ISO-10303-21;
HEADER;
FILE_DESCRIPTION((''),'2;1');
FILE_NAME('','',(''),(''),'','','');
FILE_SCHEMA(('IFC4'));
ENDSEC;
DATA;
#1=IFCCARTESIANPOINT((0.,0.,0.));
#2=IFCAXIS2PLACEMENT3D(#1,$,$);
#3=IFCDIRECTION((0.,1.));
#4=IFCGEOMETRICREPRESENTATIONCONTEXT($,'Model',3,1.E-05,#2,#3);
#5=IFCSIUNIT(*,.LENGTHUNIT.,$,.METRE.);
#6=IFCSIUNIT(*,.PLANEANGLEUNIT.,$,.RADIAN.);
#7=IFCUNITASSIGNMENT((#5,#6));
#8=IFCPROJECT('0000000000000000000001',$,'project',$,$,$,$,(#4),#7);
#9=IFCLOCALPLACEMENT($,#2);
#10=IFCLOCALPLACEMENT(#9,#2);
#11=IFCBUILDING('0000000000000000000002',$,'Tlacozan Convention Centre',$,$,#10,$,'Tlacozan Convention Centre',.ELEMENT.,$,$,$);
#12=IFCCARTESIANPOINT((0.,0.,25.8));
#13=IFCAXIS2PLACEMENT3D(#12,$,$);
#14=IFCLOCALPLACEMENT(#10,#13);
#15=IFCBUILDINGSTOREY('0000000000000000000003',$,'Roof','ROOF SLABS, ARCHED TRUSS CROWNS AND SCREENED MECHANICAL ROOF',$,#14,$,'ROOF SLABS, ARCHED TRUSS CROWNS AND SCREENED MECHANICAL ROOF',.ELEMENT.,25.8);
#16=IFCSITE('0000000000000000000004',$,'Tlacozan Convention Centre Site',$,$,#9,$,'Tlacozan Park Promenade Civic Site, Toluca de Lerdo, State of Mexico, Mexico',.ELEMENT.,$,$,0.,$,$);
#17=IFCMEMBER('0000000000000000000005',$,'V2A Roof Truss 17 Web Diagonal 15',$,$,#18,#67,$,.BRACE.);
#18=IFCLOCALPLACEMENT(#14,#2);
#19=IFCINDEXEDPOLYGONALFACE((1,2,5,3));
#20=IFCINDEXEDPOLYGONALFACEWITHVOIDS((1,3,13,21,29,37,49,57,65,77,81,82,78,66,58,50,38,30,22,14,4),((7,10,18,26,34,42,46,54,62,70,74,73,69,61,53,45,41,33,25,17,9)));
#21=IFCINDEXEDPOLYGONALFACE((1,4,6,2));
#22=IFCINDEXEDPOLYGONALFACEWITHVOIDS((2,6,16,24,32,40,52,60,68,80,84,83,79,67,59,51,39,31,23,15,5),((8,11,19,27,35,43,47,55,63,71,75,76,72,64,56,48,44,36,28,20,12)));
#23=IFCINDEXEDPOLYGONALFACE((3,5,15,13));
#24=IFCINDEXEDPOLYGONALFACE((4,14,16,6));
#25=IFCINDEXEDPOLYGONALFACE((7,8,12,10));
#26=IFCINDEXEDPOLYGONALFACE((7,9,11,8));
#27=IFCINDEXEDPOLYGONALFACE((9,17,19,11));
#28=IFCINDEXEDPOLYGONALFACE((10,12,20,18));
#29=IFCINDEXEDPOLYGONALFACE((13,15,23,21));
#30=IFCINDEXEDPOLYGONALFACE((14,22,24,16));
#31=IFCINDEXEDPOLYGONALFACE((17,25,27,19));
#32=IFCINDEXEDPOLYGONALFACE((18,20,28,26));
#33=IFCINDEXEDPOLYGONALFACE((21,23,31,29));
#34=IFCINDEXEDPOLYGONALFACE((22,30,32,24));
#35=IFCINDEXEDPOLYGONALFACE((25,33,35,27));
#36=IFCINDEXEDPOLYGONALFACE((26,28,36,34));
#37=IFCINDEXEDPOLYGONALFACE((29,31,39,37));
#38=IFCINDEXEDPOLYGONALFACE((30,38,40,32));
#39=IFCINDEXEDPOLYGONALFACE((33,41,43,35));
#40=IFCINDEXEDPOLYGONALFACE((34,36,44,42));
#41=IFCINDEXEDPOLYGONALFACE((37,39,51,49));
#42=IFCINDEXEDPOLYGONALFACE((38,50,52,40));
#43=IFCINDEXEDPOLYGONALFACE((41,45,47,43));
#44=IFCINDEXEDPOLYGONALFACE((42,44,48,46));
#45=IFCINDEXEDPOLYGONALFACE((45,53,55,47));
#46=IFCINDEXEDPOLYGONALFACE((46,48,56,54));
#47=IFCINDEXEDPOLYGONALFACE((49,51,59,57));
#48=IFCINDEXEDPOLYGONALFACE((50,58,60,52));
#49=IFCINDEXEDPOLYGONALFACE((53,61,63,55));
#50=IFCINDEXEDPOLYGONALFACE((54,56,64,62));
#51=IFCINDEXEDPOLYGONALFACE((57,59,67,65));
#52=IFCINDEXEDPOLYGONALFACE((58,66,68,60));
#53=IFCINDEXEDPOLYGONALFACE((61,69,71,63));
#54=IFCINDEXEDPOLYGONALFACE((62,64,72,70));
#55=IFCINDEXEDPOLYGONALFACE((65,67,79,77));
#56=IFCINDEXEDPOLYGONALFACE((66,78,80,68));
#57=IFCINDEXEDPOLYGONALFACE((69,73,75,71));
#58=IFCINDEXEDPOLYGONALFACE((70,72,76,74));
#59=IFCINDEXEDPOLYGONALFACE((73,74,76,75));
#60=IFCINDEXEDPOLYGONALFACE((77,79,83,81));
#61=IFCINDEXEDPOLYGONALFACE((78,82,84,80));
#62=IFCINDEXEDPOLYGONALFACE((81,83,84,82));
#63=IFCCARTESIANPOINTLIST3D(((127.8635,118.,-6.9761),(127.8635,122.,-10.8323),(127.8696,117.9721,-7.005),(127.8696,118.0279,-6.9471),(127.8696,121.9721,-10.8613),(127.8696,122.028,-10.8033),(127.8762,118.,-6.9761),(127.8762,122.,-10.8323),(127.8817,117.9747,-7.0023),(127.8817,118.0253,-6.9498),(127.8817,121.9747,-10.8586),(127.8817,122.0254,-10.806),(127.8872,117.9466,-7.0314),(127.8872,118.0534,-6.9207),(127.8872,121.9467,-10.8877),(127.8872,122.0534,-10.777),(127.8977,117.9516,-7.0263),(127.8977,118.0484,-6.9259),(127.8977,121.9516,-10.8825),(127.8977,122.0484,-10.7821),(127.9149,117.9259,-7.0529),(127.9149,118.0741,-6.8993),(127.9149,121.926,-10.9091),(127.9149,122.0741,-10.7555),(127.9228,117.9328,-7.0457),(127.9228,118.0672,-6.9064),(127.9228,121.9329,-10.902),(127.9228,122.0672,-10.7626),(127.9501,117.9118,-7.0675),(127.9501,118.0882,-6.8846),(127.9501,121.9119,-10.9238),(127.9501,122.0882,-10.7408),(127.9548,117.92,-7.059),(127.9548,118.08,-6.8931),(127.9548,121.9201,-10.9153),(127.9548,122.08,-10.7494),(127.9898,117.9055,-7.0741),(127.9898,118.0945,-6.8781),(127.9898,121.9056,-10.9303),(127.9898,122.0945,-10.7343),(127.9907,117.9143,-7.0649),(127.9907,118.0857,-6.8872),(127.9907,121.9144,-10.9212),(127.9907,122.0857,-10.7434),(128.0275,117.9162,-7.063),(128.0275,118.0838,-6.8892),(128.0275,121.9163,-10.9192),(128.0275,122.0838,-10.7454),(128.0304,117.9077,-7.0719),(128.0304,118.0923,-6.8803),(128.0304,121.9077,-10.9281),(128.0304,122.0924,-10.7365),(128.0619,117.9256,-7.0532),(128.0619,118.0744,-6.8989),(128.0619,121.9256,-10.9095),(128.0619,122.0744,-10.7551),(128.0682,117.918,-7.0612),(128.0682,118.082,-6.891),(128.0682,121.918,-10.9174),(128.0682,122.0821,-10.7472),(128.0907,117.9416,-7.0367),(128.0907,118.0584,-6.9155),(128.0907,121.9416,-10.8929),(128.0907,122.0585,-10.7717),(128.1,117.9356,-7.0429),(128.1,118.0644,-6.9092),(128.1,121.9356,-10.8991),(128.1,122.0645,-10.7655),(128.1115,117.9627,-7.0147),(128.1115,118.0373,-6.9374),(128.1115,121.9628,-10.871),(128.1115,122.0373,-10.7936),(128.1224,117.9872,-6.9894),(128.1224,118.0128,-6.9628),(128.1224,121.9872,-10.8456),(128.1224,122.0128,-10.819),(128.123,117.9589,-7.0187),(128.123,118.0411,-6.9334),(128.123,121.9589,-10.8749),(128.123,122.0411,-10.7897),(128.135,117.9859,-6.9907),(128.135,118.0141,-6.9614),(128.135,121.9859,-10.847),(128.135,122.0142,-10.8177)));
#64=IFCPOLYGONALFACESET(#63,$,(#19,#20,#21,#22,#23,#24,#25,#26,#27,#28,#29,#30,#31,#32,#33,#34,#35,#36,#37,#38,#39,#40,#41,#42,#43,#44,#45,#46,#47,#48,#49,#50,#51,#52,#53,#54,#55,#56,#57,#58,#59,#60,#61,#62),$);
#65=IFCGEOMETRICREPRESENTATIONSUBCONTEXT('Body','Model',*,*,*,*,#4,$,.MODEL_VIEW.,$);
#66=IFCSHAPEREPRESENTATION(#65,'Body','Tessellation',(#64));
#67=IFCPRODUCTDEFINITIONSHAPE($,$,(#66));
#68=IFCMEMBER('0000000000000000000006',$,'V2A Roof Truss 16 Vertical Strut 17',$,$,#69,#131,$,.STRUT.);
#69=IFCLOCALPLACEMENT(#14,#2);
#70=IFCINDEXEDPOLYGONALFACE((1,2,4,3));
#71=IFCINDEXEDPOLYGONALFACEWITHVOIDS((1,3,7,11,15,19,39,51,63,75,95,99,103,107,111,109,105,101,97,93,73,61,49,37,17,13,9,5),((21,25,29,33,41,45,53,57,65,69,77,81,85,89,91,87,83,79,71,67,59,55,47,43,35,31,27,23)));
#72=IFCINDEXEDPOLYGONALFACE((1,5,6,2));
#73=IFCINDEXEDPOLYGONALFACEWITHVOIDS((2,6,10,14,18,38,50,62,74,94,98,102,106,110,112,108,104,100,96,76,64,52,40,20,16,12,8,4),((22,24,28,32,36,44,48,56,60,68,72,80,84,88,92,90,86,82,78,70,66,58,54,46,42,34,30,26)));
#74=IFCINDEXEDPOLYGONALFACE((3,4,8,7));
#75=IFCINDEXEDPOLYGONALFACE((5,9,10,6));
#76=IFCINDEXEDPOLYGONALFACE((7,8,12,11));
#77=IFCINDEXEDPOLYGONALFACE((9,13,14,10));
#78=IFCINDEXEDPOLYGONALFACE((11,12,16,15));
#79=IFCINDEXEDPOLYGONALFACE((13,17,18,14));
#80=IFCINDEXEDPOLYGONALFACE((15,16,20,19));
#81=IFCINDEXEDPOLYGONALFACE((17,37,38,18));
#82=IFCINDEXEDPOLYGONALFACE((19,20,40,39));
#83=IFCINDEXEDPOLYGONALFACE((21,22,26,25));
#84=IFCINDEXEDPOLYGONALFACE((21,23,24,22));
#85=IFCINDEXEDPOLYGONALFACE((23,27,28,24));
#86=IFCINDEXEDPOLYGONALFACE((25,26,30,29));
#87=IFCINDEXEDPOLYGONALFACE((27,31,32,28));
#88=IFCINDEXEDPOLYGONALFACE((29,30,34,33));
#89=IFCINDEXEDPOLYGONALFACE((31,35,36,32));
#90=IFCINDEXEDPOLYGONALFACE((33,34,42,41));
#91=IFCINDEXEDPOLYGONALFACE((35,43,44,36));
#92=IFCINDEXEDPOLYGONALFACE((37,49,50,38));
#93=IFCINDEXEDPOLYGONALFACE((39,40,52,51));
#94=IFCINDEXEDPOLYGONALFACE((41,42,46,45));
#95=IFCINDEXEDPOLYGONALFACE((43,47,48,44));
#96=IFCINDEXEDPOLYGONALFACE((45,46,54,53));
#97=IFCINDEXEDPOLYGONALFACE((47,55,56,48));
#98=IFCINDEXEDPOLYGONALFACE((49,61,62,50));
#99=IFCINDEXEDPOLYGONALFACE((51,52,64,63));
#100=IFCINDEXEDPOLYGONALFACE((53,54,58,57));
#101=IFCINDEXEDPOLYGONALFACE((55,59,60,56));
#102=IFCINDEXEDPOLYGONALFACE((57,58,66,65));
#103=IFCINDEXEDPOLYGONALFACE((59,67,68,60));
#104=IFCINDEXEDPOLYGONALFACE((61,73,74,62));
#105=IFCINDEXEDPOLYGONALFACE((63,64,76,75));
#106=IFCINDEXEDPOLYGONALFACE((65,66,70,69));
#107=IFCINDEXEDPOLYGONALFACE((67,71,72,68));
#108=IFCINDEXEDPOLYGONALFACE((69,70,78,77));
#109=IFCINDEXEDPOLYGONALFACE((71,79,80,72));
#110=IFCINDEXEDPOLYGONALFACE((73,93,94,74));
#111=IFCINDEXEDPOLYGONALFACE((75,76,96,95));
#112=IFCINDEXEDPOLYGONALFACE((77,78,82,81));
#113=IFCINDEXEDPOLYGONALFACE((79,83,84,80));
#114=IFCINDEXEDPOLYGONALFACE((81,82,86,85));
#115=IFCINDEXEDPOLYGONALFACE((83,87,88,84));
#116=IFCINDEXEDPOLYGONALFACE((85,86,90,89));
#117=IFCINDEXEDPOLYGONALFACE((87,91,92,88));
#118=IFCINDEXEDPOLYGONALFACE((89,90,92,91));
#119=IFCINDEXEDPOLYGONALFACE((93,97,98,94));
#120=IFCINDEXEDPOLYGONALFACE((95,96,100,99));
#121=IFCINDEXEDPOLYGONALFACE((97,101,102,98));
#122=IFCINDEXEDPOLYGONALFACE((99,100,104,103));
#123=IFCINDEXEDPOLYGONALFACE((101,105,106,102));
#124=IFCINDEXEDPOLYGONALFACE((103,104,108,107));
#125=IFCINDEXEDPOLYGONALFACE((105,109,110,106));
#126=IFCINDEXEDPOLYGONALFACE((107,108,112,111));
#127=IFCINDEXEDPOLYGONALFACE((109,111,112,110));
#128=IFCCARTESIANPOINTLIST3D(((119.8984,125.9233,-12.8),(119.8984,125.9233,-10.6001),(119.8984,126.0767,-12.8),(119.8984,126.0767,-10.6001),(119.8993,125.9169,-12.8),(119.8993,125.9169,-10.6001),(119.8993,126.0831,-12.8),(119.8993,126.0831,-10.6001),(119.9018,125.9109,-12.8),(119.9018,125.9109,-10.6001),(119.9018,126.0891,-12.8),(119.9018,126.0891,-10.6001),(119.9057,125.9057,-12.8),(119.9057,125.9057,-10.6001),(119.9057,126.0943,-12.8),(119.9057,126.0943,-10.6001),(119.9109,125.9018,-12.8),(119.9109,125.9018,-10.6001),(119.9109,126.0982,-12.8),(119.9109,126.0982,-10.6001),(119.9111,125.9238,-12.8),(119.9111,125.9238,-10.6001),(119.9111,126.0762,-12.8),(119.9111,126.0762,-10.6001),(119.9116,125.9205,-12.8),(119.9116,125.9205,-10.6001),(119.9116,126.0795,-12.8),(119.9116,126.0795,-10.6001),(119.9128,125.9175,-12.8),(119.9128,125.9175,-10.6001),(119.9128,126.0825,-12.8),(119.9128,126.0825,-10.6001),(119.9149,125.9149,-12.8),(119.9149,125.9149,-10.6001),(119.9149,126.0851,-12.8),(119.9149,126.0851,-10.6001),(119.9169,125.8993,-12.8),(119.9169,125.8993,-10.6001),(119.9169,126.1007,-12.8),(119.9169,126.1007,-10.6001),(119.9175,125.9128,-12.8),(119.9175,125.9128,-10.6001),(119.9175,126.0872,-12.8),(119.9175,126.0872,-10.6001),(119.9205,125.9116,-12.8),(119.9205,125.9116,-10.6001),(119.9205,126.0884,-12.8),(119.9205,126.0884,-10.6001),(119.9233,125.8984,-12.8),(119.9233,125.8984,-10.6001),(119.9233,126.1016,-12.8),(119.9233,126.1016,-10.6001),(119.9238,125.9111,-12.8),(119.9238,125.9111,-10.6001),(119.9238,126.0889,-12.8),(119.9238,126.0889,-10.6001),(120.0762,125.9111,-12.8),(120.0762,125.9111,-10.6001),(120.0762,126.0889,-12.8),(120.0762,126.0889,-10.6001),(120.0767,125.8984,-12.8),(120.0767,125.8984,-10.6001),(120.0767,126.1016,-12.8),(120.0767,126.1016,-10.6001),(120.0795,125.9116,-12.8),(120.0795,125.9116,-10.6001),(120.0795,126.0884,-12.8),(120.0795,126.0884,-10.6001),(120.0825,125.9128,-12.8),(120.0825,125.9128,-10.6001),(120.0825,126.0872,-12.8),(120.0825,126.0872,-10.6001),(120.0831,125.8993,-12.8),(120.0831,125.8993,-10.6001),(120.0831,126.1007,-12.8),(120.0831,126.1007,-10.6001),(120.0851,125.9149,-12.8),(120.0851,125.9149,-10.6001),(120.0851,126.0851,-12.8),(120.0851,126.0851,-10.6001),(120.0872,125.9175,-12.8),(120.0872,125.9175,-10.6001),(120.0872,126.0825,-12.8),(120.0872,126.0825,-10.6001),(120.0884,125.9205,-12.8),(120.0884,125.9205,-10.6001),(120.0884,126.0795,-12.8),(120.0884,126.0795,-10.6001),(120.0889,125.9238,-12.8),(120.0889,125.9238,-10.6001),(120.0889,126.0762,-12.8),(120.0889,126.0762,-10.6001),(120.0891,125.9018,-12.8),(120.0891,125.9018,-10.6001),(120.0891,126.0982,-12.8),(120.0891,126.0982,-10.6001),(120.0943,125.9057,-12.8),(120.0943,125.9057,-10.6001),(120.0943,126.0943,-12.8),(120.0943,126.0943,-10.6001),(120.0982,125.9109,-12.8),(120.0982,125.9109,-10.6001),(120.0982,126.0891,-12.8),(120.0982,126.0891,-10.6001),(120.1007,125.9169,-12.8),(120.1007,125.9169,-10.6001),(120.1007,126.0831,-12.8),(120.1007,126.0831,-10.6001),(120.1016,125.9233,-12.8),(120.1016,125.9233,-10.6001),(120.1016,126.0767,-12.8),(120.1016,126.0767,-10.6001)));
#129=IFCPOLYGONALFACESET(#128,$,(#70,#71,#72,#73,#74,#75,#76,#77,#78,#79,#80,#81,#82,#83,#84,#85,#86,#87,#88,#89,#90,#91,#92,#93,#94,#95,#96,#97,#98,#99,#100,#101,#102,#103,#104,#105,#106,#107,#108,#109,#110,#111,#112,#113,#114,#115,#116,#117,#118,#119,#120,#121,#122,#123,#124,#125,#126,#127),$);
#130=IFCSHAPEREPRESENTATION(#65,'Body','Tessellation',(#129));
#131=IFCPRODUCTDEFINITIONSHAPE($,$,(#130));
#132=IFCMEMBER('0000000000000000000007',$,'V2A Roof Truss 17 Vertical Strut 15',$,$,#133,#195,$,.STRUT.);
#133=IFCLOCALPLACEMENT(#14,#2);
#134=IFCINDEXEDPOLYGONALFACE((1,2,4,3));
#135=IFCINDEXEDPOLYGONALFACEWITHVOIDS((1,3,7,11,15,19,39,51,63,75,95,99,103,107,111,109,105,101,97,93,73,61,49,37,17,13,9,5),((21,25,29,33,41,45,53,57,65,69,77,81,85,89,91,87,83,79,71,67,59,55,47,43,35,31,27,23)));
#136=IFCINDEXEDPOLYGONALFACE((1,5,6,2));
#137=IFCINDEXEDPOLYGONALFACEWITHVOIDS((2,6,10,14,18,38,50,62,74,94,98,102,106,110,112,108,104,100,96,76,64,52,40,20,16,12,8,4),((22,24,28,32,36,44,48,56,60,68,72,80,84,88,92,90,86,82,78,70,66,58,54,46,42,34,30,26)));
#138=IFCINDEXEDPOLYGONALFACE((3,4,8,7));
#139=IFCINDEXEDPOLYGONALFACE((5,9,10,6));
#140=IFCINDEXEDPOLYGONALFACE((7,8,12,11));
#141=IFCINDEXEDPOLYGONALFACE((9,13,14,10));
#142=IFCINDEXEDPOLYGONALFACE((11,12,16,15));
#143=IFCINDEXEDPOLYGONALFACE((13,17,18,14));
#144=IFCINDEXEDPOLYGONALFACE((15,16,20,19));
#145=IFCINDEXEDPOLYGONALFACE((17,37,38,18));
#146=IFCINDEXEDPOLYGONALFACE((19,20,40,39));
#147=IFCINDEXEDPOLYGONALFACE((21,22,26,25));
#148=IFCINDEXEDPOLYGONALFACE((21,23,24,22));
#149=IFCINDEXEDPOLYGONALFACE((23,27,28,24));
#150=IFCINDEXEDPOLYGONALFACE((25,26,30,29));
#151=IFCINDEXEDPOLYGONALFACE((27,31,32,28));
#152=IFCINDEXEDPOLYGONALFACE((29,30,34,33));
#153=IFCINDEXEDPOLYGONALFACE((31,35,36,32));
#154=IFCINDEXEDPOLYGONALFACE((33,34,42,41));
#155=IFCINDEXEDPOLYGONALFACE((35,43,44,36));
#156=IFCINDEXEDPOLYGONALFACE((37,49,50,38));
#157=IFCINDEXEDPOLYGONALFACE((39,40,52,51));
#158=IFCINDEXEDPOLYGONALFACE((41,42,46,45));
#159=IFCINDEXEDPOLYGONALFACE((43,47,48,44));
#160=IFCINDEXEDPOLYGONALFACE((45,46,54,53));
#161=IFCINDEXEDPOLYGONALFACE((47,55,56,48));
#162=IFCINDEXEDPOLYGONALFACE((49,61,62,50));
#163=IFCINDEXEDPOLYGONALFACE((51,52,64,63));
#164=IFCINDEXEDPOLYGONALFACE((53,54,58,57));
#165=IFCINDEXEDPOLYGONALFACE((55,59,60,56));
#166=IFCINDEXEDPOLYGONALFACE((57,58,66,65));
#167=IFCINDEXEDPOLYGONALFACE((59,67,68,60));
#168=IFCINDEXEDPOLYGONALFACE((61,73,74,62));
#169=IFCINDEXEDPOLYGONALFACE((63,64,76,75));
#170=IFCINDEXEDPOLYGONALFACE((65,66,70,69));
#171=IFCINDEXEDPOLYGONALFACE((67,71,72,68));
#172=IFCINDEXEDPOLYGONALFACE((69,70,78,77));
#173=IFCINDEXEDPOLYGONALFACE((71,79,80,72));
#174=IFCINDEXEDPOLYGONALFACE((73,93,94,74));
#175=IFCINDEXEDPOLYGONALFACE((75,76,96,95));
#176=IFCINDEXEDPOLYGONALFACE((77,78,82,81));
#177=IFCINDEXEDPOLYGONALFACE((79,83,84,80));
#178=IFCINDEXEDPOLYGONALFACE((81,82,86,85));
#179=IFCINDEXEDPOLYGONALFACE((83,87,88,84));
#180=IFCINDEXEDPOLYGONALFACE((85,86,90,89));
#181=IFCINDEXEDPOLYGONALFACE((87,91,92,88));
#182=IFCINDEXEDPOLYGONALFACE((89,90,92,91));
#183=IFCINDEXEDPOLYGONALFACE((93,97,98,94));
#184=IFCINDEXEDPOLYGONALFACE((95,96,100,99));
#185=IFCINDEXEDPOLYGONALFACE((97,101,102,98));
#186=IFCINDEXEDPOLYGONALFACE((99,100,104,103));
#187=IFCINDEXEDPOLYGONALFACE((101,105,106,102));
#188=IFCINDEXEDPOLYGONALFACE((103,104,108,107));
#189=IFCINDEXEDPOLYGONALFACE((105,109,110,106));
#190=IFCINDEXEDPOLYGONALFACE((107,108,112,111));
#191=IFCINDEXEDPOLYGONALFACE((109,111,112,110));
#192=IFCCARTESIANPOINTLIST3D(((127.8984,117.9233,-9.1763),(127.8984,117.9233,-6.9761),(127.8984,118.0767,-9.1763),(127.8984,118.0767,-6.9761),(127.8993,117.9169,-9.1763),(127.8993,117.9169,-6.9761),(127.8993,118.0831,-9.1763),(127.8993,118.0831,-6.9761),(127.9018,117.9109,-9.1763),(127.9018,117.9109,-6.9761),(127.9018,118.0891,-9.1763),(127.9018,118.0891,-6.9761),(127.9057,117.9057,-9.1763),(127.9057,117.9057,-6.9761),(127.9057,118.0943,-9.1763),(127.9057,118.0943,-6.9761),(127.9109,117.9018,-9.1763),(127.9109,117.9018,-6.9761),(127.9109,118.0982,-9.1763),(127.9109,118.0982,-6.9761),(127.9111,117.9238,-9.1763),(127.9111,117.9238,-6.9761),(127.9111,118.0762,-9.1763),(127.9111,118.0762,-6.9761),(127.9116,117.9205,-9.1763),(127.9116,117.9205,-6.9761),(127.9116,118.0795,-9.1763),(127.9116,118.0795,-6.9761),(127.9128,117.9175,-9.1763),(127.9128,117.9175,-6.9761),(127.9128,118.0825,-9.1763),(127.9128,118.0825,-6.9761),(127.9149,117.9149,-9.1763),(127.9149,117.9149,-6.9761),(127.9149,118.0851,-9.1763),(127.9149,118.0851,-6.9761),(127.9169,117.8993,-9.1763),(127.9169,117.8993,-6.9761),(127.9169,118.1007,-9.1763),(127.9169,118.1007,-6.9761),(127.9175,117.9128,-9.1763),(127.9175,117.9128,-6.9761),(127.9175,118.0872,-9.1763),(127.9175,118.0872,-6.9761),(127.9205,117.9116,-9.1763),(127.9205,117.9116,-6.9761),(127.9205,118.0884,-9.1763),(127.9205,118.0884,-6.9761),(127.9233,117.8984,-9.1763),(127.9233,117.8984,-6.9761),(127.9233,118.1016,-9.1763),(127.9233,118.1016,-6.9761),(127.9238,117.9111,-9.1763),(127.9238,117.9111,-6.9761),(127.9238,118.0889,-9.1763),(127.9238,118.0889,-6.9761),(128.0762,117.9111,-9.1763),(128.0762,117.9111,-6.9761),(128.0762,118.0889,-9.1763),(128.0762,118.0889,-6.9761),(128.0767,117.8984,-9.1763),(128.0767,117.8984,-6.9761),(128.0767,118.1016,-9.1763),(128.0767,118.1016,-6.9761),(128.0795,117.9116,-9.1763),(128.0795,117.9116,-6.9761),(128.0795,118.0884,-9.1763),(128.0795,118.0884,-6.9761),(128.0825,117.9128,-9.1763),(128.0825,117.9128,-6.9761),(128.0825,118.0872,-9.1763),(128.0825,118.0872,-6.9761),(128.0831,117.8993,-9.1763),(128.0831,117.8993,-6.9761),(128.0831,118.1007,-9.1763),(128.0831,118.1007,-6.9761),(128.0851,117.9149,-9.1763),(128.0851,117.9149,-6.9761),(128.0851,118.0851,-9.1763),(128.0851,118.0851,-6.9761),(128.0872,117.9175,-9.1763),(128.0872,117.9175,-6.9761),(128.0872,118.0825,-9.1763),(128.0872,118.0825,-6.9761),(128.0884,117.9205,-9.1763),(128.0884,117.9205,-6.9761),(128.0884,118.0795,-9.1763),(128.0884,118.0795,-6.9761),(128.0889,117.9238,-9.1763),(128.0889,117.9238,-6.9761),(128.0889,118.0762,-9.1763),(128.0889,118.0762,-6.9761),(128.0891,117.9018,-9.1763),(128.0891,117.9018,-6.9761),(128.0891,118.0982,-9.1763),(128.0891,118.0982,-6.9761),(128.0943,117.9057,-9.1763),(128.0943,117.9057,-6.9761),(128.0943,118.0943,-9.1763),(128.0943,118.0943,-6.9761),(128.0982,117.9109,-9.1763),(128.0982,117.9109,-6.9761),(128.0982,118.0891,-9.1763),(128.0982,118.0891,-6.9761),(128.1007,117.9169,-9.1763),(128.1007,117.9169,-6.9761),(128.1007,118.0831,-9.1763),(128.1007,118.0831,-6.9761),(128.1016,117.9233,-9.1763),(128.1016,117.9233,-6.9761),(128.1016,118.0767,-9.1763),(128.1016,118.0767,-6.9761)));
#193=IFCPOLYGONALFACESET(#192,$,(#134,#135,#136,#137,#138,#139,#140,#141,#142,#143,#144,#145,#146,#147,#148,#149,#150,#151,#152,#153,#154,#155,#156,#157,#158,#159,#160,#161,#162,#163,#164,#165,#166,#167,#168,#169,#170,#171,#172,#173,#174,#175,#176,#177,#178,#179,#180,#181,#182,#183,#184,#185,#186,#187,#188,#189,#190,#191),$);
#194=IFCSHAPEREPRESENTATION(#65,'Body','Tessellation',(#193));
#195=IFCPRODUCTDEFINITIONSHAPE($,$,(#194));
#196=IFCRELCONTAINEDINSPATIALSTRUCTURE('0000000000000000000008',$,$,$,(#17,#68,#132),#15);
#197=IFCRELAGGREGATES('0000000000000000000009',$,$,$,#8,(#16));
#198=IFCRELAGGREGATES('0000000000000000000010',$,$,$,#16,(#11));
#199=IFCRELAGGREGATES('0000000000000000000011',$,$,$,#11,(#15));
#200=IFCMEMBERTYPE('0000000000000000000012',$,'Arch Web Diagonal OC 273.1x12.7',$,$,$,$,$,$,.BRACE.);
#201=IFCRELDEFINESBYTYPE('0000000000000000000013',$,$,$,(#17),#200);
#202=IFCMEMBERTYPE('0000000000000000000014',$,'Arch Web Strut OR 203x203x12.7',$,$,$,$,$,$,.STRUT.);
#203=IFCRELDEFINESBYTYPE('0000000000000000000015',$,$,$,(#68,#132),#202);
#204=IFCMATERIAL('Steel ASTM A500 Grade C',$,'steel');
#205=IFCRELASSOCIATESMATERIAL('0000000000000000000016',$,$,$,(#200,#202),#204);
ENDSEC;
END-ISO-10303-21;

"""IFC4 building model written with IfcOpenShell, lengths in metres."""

from ifc_helpers import new_model, si_unit, direction, frame, origin, origin_2d, place, context, subcontext, project, spatial, hollow_rectangle, hollow_circle, extrude, material, material_profile, profile_set, type_object, element, save


model = new_model("IFC4")

# Units and contexts
model_context = context("Model", 3, precision=1e-05, world=origin(), true_north=direction((0.0, 1.0)))
body_context = subcontext(model_context, "Body", "Model", "MODEL_VIEW")
ifc_project = project(units=[si_unit("LENGTHUNIT", "METRE"), si_unit("PLANEANGLEUNIT", "RADIAN")], contexts=[model_context])

# Site, building, storey
site_placement = place(None, origin())
site = spatial("IfcSite", under=ifc_project, at=site_placement, Name="Tlacozan Convention Centre Site", LongName="Tlacozan Park Promenade Civic Site, Toluca de Lerdo, State of Mexico, Mexico", CompositionType="ELEMENT", RefElevation=0.0)
building_placement = place(site_placement, origin())
building = spatial("IfcBuilding", under=site, at=building_placement, Name="Tlacozan Convention Centre", LongName="Tlacozan Convention Centre", CompositionType="ELEMENT")
storey_placement = place(building_placement, frame((0.0, 0.0, 25.8)))
storey = spatial("IfcBuildingStorey", under=building, at=storey_placement, Name="Roof", Description="ROOF SLABS, ARCHED TRUSS CROWNS AND SCREENED MECHANICAL ROOF", LongName="ROOF SLABS, ARCHED TRUSS CROWNS AND SCREENED MECHANICAL ROOF", CompositionType="ELEMENT", Elevation=25.8)

# Members
ifc_material_1 = material(Name="Steel ASTM A500 Grade C", Category="steel")
ifc_material_profile_1 = material_profile(ifc_material_1, hollow_circle(Radius=0.1365, WallThickness=0.0127, at=origin_2d()), Name="OC 273.1x12.7")
ifc_profile_set_1 = profile_set([ifc_material_profile_1], Name="Steel ASTM A500 Grade C")
member_type_1 = type_object("IfcMemberType", Name="Arch Web Diagonal OC 273.1x12.7", PredefinedType="BRACE", material=ifc_profile_set_1)
member_1_placement = place(storey_placement, frame((128.0, 118.0, -6.9761), z_axis=(0.0, 0.719929, -0.694048), x_axis=(-1.0, 0.0, 0.0)))
element("IfcMember", 1, at=member_1_placement, inside=storey, type_object=member_type_1, Name="V2A Roof Truss 17 Web Diagonal 15", PredefinedType="BRACE", context=body_context, shape_type="SweptSolid", body=[
    extrude(hollow_circle(Radius=0.1365, WallThickness=0.0127, at=origin_2d()), origin(), (0.0, 0.0, 1.0), 5.5562),
])
ifc_material_profile_2 = material_profile(ifc_material_1, hollow_rectangle(XDim=0.2031, YDim=0.2031, WallThickness=0.0127, InnerFilletRadius=0.0127, OuterFilletRadius=0.0249, at=origin_2d()), Name="OR 203x203x12.7")
ifc_profile_set_2 = profile_set([ifc_material_profile_2], Name="Steel ASTM A500 Grade C")
member_type_2 = type_object("IfcMemberType", Name="Arch Web Strut OR 203x203x12.7", PredefinedType="STRUT", material=ifc_profile_set_2)
member_2_placement = place(storey_placement, frame((120.0, 126.0, -12.8), z_axis=(0.0, 0.0, 1.0), x_axis=(1.0, 0.0, 0.0)))
element("IfcMember", 2, at=member_2_placement, inside=storey, type_object=member_type_2, Name="V2A Roof Truss 16 Vertical Strut 17", PredefinedType="STRUT", context=body_context, shape_type="SweptSolid", body=[
    extrude(hollow_rectangle(XDim=0.2031, YDim=0.2031, WallThickness=0.0127, InnerFilletRadius=0.0127, OuterFilletRadius=0.0249, at=origin_2d()), origin(), (0.0, 0.0, 1.0), 2.2),
])
member_3_placement = place(storey_placement, frame((128.0, 118.0, -9.1763), z_axis=(0.0, 0.0, 1.0), x_axis=(1.0, 0.0, 0.0)))
element("IfcMember", 3, at=member_3_placement, inside=storey, type_object=member_type_2, Name="V2A Roof Truss 17 Vertical Strut 15", PredefinedType="STRUT", context=body_context, shape_type="SweptSolid", body=[
    extrude(hollow_rectangle(XDim=0.2031, YDim=0.2031, WallThickness=0.0127, InnerFilletRadius=0.0127, OuterFilletRadius=0.0249, at=origin_2d()), origin(), (0.0, 0.0, 1.0), 2.2002),
])

save(model, "model.ifc")
